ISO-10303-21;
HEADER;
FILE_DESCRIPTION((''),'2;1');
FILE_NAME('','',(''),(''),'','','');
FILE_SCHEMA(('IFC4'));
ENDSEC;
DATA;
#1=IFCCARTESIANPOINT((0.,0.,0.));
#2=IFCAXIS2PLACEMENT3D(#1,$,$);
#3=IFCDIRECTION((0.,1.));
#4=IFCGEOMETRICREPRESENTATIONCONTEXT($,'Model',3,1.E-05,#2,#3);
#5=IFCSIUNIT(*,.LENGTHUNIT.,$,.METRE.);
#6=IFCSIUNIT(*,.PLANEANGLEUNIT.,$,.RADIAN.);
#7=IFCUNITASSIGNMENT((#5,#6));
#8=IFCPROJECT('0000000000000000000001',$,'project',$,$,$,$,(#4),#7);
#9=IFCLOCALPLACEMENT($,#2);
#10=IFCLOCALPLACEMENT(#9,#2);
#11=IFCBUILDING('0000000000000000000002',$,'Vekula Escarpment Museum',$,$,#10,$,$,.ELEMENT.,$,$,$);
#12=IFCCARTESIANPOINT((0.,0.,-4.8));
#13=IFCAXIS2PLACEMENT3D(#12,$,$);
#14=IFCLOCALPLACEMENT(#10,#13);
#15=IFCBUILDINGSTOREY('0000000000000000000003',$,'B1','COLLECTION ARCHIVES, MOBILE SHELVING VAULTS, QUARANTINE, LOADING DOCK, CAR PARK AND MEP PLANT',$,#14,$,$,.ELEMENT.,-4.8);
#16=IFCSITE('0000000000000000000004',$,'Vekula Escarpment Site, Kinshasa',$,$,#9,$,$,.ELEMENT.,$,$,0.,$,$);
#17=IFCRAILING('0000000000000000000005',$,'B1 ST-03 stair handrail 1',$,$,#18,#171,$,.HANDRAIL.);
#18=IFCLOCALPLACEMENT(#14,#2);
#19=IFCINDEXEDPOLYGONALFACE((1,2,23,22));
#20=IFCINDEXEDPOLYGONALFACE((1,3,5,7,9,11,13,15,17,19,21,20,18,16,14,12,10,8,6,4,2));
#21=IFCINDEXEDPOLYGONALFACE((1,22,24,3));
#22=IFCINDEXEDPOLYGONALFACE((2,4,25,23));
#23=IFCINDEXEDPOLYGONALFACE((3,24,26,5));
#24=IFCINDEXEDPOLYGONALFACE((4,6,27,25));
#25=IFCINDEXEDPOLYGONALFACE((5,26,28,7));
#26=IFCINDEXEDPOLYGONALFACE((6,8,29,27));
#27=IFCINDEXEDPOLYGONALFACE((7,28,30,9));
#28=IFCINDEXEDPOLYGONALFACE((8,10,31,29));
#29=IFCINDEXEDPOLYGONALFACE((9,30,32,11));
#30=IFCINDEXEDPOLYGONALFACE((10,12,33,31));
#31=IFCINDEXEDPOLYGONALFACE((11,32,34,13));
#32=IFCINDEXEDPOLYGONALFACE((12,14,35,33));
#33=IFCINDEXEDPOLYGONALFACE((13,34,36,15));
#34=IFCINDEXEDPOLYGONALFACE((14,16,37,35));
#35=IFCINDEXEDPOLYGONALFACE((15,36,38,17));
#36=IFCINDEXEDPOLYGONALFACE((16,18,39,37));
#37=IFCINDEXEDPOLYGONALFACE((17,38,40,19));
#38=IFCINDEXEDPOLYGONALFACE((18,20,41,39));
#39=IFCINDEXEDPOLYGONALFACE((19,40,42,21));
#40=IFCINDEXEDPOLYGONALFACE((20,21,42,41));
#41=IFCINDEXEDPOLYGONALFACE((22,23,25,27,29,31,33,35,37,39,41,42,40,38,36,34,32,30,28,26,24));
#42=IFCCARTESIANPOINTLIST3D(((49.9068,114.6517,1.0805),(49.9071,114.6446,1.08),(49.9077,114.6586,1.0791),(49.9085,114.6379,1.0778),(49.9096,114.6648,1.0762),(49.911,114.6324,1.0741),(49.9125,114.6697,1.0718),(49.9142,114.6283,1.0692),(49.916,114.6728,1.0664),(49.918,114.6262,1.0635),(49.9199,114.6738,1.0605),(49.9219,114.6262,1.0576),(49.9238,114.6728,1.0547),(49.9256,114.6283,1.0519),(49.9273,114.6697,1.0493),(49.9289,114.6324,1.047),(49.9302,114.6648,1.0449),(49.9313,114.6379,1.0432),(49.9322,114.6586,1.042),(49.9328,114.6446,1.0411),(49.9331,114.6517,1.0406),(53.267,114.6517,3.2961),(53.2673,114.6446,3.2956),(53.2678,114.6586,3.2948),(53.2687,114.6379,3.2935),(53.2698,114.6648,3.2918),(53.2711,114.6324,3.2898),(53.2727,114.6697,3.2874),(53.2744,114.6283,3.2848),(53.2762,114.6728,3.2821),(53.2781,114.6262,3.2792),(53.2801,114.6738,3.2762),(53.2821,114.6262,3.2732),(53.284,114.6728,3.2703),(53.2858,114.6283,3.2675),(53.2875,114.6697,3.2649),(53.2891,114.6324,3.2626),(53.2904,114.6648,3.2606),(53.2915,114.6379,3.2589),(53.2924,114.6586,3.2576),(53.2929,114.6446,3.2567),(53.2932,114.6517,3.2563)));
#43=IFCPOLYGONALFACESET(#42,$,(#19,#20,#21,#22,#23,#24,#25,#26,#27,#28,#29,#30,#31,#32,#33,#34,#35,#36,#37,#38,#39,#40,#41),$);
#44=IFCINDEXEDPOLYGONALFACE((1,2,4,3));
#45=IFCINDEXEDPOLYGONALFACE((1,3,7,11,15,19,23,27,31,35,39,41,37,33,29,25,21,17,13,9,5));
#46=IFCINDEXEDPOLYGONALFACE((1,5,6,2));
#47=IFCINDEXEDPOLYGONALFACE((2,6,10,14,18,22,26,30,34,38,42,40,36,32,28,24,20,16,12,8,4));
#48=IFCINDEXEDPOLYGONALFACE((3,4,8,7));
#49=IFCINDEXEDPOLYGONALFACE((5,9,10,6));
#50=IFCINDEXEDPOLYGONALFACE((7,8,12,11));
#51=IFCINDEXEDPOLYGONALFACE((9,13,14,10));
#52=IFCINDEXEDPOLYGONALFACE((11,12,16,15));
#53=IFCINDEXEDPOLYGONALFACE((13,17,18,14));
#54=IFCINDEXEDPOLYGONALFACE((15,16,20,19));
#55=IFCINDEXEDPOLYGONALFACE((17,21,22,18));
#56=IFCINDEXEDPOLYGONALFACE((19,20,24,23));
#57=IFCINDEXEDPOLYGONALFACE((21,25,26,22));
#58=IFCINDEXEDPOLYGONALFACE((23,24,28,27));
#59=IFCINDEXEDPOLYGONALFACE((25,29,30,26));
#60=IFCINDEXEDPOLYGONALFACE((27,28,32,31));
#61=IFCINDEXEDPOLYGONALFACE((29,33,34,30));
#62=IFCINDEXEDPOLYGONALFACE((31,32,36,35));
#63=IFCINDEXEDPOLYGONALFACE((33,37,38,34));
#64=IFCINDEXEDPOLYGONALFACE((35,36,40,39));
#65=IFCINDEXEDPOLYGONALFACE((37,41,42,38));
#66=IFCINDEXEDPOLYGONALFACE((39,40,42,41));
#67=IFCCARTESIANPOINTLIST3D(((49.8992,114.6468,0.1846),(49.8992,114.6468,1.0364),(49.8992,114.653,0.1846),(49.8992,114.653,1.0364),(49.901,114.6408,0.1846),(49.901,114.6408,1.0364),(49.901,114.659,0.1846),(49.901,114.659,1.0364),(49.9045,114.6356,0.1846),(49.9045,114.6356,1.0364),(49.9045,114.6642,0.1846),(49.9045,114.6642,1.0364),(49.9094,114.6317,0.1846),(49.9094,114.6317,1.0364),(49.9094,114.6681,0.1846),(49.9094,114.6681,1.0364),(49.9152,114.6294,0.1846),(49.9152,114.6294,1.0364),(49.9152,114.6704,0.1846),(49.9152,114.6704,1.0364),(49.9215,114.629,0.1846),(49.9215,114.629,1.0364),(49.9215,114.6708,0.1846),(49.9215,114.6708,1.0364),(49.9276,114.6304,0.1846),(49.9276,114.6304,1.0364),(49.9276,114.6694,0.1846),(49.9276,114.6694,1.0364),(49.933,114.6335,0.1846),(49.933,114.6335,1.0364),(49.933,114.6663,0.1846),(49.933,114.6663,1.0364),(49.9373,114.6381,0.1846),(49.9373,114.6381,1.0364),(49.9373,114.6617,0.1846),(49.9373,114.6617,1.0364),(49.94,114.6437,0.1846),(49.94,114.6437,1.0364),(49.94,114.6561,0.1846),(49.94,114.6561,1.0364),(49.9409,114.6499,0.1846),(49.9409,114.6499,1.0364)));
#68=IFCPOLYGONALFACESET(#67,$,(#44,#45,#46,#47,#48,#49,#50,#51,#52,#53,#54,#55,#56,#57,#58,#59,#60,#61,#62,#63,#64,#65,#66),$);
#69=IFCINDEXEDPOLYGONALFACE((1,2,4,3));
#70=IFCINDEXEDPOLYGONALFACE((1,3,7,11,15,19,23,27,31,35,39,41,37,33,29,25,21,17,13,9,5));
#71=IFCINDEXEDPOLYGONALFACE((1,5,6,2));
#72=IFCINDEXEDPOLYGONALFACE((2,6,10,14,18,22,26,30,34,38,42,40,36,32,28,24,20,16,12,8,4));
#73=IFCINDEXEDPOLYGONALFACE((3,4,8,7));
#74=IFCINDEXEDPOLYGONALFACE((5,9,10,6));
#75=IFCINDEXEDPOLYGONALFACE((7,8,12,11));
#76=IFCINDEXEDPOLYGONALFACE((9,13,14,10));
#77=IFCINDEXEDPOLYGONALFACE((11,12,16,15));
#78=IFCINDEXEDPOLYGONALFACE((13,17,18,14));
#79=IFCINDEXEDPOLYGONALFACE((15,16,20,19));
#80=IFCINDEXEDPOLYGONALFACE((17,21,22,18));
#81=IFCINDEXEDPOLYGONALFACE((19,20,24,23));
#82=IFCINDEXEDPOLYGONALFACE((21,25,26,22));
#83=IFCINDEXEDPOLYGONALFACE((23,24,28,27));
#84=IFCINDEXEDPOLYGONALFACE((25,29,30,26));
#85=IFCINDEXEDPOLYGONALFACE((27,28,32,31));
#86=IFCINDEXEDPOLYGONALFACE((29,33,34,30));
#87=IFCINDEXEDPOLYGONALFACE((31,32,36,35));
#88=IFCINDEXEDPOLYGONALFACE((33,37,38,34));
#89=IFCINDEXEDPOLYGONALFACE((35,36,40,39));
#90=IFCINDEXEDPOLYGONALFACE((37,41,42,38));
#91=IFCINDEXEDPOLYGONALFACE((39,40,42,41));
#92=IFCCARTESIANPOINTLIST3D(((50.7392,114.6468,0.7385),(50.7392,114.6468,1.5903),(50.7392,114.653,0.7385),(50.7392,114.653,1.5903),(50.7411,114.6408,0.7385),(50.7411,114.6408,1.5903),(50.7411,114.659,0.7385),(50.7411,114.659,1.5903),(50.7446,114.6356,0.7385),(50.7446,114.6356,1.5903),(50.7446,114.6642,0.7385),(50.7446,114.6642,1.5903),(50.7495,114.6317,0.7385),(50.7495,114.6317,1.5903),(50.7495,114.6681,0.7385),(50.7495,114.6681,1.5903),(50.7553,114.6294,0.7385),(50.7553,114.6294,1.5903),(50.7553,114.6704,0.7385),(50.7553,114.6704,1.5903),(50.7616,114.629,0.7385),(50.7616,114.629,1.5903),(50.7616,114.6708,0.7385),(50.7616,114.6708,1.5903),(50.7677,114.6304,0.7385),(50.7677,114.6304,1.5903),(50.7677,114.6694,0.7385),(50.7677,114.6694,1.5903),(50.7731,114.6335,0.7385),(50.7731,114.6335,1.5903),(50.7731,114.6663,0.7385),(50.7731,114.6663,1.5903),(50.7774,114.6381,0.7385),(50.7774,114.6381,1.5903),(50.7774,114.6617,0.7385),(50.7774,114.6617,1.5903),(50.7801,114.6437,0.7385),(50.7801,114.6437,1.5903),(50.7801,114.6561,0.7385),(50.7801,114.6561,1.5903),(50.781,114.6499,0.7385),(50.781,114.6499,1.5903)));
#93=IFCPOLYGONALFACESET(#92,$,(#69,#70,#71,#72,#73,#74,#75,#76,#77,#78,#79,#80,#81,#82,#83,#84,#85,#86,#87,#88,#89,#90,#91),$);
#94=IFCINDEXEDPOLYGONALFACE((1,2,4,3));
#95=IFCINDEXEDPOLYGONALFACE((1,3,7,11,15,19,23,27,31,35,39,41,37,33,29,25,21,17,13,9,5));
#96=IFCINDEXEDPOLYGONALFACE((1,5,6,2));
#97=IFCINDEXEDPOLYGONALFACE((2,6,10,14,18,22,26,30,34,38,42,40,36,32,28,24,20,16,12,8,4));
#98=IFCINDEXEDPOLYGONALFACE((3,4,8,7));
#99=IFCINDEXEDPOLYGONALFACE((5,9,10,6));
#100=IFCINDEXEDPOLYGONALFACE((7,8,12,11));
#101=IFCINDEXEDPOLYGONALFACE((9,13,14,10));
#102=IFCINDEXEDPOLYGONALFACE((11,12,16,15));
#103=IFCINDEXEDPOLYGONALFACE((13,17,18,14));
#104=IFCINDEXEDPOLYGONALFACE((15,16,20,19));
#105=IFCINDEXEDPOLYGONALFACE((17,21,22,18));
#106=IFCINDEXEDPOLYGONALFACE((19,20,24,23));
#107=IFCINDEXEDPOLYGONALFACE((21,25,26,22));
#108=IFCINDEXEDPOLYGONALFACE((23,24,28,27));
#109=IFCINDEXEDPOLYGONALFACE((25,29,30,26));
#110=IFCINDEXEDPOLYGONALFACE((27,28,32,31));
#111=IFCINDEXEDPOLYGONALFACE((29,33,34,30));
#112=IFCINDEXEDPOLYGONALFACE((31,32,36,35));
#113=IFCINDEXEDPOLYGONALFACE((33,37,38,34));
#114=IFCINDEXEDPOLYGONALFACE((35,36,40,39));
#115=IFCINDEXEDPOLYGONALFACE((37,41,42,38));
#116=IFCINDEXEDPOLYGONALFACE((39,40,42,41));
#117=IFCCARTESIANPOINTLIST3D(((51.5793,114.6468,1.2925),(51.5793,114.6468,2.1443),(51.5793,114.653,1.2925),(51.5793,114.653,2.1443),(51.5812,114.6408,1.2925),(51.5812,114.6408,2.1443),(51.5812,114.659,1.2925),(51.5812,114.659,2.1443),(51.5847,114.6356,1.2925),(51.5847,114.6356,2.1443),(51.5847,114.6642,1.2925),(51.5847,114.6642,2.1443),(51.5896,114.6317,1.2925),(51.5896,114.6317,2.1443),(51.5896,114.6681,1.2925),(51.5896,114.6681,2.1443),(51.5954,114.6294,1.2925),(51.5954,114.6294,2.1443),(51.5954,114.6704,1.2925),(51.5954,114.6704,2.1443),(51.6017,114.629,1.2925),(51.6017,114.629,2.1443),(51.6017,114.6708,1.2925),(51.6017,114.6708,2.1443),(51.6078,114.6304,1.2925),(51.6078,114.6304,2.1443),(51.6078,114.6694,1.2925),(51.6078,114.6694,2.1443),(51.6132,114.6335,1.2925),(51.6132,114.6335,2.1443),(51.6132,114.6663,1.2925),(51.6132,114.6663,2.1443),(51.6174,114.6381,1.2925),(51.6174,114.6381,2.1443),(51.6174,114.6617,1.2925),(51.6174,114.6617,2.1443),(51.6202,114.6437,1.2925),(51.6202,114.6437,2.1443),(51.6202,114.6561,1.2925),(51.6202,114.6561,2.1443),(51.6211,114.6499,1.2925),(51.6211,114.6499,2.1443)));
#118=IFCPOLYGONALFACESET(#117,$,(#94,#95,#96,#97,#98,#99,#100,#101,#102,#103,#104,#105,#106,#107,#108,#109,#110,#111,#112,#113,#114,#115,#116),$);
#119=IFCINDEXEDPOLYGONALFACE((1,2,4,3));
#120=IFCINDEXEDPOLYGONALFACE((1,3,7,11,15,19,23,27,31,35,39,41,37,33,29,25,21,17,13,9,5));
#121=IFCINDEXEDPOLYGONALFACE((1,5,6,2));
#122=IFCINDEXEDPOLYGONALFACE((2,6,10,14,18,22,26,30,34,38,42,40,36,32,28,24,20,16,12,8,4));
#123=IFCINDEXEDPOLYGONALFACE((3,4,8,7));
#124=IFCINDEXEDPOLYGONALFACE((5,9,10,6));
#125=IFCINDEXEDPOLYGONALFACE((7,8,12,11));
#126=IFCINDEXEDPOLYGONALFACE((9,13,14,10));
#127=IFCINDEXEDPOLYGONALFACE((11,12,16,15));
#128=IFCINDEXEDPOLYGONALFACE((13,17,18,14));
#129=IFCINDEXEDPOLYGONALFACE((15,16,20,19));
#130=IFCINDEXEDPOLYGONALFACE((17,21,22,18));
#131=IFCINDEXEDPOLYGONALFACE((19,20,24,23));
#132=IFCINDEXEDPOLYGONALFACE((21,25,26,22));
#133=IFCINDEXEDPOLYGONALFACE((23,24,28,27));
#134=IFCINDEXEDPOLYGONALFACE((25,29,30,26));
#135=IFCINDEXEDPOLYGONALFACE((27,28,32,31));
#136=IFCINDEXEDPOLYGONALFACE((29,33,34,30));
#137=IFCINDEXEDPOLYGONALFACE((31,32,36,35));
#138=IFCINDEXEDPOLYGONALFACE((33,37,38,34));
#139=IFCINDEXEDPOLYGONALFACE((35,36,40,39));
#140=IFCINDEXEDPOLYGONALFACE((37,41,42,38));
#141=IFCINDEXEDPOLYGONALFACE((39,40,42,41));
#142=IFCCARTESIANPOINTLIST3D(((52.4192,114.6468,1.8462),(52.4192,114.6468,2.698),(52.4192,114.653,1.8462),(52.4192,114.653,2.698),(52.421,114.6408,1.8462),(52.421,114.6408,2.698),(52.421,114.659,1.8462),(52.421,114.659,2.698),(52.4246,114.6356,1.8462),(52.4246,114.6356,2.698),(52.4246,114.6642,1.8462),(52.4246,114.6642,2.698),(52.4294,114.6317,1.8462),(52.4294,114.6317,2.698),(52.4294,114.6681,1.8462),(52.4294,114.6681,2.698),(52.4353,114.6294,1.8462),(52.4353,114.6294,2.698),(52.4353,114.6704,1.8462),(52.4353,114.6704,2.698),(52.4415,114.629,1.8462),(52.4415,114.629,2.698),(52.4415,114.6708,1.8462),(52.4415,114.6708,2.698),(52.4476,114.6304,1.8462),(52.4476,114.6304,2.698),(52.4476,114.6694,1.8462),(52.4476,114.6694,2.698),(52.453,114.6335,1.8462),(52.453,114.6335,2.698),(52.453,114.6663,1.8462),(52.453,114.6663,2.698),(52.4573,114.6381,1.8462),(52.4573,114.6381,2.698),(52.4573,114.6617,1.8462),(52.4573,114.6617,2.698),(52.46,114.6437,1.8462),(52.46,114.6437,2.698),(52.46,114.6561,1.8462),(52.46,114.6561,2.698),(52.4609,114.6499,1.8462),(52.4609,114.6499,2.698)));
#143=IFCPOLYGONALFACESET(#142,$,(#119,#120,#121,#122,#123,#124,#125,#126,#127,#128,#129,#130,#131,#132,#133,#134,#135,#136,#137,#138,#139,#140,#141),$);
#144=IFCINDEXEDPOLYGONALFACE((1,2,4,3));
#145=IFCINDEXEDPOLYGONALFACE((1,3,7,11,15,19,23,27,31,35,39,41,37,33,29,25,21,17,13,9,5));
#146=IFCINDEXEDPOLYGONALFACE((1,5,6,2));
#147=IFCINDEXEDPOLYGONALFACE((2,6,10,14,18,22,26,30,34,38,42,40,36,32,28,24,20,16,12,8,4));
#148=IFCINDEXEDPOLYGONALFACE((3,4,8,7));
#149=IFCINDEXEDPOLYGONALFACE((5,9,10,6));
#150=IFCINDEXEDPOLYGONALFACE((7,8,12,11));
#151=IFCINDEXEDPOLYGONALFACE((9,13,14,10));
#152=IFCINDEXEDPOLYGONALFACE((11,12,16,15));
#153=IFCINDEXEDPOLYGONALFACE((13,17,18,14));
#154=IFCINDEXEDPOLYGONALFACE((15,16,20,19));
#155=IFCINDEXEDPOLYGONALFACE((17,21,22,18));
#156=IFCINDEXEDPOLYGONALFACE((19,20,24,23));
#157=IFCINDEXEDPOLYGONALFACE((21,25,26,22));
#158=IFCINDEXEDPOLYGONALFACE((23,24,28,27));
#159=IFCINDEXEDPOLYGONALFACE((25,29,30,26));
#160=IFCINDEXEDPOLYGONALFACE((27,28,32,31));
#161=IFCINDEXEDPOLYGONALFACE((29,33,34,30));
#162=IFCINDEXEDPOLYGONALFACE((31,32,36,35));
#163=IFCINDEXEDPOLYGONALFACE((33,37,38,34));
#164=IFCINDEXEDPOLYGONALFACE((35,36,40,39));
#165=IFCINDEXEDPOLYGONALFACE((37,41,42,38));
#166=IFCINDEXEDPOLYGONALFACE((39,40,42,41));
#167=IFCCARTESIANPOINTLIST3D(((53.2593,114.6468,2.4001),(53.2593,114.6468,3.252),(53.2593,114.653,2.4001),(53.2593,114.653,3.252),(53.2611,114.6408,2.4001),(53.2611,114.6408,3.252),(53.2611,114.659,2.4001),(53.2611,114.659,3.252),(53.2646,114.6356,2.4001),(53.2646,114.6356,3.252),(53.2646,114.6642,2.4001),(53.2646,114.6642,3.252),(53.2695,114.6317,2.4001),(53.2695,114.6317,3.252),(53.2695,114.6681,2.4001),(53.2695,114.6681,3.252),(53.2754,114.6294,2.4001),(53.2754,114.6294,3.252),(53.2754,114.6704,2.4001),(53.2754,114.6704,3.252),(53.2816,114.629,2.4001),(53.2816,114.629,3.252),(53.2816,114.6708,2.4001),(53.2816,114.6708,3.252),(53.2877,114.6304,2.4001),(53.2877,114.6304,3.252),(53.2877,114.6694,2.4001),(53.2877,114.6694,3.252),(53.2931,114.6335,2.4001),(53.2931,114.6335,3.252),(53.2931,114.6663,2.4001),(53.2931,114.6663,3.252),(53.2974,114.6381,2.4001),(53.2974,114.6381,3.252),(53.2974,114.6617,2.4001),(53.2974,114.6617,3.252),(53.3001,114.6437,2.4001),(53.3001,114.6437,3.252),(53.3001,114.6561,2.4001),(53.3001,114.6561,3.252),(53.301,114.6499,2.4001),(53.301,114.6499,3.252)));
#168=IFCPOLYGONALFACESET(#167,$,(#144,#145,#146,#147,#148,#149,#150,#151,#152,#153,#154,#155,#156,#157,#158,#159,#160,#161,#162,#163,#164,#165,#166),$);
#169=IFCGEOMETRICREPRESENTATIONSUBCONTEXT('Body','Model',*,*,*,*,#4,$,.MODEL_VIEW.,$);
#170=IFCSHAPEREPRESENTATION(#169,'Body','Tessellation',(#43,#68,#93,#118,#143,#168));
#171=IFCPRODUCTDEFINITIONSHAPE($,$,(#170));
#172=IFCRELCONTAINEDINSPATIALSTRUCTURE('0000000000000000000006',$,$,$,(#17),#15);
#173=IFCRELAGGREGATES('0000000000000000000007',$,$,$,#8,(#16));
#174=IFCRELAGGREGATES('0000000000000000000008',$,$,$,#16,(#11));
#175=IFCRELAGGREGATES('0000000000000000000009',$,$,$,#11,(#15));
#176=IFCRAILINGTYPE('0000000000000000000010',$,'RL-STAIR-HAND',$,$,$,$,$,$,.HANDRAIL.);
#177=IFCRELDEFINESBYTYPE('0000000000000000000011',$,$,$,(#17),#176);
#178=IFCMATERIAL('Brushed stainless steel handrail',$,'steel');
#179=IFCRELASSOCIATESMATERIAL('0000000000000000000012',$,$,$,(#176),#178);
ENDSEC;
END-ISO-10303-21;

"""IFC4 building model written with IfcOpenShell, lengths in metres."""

from ifc_helpers import new_model, si_unit, direction, frame, origin, origin_2d, place, context, subcontext, project, spatial, circle, extrude, material, type_object, element, save


model = new_model("IFC4")

# Units and contexts
model_context = context("Model", 3, precision=1e-05, world=origin(), true_north=direction((0.0, 1.0)))
body_context = subcontext(model_context, "Body", "Model", "MODEL_VIEW")
ifc_project = project(units=[si_unit("LENGTHUNIT", "METRE"), si_unit("PLANEANGLEUNIT", "RADIAN")], contexts=[model_context])

# Site, building, storey
site_placement = place(None, origin())
site = spatial("IfcSite", under=ifc_project, at=site_placement, Name="Vekula Escarpment Site, Kinshasa", CompositionType="ELEMENT", RefElevation=0.0)
building_placement = place(site_placement, origin())
building = spatial("IfcBuilding", under=site, at=building_placement, Name="Vekula Escarpment Museum", CompositionType="ELEMENT")
storey_placement = place(building_placement, frame((0.0, 0.0, -4.8)))
storey = spatial("IfcBuildingStorey", under=building, at=storey_placement, Name="B1", Description="COLLECTION ARCHIVES, MOBILE SHELVING VAULTS, QUARANTINE, LOADING DOCK, CAR PARK AND MEP PLANT", CompositionType="ELEMENT", Elevation=-4.8)

# Railing
ifc_material_1 = material(Name="Brushed stainless steel handrail", Category="steel")
railing_type_1 = type_object("IfcRailingType", Name="RL-STAIR-HAND", PredefinedType="HANDRAIL", material=ifc_material_1)
railing_1_placement = place(storey_placement, frame((49.9199, 114.6499, 0.1846)))
element("IfcRailing", 1, at=railing_1_placement, inside=storey, type_object=railing_type_1, Name="B1 ST-03 stair handrail 1", PredefinedType="HANDRAIL", context=body_context, shape_type="SweptSolid", body=[
    extrude(circle(Radius=0.0239, at=origin_2d()), frame((0.0, 0.0, 0.876), z_axis=(0.834849, 0.0, 0.55048), x_axis=(0.0, 1.0, 0.0)), (0.0, 0.0, 1.0), 4.0249),
    extrude(circle(Radius=0.021, at=origin_2d()), origin(), (0.0, 0.0, 1.0), 0.8518),
    extrude(circle(Radius=0.021, at=origin_2d()), frame((0.8401, 0.0, 0.554)), (0.0, 0.0, 1.0), 0.8518),
    extrude(circle(Radius=0.021, at=origin_2d()), frame((1.6802, 0.0, 1.1079)), (0.0, 0.0, 1.0), 0.8518),
    extrude(circle(Radius=0.021, at=origin_2d()), frame((2.52, 0.0, 1.6616)), (0.0, 0.0, 1.0), 0.8518),
    extrude(circle(Radius=0.021, at=origin_2d()), frame((3.3601, 0.0, 2.2156)), (0.0, 0.0, 1.0), 0.8518),
])

save(model, "model.ifc")
